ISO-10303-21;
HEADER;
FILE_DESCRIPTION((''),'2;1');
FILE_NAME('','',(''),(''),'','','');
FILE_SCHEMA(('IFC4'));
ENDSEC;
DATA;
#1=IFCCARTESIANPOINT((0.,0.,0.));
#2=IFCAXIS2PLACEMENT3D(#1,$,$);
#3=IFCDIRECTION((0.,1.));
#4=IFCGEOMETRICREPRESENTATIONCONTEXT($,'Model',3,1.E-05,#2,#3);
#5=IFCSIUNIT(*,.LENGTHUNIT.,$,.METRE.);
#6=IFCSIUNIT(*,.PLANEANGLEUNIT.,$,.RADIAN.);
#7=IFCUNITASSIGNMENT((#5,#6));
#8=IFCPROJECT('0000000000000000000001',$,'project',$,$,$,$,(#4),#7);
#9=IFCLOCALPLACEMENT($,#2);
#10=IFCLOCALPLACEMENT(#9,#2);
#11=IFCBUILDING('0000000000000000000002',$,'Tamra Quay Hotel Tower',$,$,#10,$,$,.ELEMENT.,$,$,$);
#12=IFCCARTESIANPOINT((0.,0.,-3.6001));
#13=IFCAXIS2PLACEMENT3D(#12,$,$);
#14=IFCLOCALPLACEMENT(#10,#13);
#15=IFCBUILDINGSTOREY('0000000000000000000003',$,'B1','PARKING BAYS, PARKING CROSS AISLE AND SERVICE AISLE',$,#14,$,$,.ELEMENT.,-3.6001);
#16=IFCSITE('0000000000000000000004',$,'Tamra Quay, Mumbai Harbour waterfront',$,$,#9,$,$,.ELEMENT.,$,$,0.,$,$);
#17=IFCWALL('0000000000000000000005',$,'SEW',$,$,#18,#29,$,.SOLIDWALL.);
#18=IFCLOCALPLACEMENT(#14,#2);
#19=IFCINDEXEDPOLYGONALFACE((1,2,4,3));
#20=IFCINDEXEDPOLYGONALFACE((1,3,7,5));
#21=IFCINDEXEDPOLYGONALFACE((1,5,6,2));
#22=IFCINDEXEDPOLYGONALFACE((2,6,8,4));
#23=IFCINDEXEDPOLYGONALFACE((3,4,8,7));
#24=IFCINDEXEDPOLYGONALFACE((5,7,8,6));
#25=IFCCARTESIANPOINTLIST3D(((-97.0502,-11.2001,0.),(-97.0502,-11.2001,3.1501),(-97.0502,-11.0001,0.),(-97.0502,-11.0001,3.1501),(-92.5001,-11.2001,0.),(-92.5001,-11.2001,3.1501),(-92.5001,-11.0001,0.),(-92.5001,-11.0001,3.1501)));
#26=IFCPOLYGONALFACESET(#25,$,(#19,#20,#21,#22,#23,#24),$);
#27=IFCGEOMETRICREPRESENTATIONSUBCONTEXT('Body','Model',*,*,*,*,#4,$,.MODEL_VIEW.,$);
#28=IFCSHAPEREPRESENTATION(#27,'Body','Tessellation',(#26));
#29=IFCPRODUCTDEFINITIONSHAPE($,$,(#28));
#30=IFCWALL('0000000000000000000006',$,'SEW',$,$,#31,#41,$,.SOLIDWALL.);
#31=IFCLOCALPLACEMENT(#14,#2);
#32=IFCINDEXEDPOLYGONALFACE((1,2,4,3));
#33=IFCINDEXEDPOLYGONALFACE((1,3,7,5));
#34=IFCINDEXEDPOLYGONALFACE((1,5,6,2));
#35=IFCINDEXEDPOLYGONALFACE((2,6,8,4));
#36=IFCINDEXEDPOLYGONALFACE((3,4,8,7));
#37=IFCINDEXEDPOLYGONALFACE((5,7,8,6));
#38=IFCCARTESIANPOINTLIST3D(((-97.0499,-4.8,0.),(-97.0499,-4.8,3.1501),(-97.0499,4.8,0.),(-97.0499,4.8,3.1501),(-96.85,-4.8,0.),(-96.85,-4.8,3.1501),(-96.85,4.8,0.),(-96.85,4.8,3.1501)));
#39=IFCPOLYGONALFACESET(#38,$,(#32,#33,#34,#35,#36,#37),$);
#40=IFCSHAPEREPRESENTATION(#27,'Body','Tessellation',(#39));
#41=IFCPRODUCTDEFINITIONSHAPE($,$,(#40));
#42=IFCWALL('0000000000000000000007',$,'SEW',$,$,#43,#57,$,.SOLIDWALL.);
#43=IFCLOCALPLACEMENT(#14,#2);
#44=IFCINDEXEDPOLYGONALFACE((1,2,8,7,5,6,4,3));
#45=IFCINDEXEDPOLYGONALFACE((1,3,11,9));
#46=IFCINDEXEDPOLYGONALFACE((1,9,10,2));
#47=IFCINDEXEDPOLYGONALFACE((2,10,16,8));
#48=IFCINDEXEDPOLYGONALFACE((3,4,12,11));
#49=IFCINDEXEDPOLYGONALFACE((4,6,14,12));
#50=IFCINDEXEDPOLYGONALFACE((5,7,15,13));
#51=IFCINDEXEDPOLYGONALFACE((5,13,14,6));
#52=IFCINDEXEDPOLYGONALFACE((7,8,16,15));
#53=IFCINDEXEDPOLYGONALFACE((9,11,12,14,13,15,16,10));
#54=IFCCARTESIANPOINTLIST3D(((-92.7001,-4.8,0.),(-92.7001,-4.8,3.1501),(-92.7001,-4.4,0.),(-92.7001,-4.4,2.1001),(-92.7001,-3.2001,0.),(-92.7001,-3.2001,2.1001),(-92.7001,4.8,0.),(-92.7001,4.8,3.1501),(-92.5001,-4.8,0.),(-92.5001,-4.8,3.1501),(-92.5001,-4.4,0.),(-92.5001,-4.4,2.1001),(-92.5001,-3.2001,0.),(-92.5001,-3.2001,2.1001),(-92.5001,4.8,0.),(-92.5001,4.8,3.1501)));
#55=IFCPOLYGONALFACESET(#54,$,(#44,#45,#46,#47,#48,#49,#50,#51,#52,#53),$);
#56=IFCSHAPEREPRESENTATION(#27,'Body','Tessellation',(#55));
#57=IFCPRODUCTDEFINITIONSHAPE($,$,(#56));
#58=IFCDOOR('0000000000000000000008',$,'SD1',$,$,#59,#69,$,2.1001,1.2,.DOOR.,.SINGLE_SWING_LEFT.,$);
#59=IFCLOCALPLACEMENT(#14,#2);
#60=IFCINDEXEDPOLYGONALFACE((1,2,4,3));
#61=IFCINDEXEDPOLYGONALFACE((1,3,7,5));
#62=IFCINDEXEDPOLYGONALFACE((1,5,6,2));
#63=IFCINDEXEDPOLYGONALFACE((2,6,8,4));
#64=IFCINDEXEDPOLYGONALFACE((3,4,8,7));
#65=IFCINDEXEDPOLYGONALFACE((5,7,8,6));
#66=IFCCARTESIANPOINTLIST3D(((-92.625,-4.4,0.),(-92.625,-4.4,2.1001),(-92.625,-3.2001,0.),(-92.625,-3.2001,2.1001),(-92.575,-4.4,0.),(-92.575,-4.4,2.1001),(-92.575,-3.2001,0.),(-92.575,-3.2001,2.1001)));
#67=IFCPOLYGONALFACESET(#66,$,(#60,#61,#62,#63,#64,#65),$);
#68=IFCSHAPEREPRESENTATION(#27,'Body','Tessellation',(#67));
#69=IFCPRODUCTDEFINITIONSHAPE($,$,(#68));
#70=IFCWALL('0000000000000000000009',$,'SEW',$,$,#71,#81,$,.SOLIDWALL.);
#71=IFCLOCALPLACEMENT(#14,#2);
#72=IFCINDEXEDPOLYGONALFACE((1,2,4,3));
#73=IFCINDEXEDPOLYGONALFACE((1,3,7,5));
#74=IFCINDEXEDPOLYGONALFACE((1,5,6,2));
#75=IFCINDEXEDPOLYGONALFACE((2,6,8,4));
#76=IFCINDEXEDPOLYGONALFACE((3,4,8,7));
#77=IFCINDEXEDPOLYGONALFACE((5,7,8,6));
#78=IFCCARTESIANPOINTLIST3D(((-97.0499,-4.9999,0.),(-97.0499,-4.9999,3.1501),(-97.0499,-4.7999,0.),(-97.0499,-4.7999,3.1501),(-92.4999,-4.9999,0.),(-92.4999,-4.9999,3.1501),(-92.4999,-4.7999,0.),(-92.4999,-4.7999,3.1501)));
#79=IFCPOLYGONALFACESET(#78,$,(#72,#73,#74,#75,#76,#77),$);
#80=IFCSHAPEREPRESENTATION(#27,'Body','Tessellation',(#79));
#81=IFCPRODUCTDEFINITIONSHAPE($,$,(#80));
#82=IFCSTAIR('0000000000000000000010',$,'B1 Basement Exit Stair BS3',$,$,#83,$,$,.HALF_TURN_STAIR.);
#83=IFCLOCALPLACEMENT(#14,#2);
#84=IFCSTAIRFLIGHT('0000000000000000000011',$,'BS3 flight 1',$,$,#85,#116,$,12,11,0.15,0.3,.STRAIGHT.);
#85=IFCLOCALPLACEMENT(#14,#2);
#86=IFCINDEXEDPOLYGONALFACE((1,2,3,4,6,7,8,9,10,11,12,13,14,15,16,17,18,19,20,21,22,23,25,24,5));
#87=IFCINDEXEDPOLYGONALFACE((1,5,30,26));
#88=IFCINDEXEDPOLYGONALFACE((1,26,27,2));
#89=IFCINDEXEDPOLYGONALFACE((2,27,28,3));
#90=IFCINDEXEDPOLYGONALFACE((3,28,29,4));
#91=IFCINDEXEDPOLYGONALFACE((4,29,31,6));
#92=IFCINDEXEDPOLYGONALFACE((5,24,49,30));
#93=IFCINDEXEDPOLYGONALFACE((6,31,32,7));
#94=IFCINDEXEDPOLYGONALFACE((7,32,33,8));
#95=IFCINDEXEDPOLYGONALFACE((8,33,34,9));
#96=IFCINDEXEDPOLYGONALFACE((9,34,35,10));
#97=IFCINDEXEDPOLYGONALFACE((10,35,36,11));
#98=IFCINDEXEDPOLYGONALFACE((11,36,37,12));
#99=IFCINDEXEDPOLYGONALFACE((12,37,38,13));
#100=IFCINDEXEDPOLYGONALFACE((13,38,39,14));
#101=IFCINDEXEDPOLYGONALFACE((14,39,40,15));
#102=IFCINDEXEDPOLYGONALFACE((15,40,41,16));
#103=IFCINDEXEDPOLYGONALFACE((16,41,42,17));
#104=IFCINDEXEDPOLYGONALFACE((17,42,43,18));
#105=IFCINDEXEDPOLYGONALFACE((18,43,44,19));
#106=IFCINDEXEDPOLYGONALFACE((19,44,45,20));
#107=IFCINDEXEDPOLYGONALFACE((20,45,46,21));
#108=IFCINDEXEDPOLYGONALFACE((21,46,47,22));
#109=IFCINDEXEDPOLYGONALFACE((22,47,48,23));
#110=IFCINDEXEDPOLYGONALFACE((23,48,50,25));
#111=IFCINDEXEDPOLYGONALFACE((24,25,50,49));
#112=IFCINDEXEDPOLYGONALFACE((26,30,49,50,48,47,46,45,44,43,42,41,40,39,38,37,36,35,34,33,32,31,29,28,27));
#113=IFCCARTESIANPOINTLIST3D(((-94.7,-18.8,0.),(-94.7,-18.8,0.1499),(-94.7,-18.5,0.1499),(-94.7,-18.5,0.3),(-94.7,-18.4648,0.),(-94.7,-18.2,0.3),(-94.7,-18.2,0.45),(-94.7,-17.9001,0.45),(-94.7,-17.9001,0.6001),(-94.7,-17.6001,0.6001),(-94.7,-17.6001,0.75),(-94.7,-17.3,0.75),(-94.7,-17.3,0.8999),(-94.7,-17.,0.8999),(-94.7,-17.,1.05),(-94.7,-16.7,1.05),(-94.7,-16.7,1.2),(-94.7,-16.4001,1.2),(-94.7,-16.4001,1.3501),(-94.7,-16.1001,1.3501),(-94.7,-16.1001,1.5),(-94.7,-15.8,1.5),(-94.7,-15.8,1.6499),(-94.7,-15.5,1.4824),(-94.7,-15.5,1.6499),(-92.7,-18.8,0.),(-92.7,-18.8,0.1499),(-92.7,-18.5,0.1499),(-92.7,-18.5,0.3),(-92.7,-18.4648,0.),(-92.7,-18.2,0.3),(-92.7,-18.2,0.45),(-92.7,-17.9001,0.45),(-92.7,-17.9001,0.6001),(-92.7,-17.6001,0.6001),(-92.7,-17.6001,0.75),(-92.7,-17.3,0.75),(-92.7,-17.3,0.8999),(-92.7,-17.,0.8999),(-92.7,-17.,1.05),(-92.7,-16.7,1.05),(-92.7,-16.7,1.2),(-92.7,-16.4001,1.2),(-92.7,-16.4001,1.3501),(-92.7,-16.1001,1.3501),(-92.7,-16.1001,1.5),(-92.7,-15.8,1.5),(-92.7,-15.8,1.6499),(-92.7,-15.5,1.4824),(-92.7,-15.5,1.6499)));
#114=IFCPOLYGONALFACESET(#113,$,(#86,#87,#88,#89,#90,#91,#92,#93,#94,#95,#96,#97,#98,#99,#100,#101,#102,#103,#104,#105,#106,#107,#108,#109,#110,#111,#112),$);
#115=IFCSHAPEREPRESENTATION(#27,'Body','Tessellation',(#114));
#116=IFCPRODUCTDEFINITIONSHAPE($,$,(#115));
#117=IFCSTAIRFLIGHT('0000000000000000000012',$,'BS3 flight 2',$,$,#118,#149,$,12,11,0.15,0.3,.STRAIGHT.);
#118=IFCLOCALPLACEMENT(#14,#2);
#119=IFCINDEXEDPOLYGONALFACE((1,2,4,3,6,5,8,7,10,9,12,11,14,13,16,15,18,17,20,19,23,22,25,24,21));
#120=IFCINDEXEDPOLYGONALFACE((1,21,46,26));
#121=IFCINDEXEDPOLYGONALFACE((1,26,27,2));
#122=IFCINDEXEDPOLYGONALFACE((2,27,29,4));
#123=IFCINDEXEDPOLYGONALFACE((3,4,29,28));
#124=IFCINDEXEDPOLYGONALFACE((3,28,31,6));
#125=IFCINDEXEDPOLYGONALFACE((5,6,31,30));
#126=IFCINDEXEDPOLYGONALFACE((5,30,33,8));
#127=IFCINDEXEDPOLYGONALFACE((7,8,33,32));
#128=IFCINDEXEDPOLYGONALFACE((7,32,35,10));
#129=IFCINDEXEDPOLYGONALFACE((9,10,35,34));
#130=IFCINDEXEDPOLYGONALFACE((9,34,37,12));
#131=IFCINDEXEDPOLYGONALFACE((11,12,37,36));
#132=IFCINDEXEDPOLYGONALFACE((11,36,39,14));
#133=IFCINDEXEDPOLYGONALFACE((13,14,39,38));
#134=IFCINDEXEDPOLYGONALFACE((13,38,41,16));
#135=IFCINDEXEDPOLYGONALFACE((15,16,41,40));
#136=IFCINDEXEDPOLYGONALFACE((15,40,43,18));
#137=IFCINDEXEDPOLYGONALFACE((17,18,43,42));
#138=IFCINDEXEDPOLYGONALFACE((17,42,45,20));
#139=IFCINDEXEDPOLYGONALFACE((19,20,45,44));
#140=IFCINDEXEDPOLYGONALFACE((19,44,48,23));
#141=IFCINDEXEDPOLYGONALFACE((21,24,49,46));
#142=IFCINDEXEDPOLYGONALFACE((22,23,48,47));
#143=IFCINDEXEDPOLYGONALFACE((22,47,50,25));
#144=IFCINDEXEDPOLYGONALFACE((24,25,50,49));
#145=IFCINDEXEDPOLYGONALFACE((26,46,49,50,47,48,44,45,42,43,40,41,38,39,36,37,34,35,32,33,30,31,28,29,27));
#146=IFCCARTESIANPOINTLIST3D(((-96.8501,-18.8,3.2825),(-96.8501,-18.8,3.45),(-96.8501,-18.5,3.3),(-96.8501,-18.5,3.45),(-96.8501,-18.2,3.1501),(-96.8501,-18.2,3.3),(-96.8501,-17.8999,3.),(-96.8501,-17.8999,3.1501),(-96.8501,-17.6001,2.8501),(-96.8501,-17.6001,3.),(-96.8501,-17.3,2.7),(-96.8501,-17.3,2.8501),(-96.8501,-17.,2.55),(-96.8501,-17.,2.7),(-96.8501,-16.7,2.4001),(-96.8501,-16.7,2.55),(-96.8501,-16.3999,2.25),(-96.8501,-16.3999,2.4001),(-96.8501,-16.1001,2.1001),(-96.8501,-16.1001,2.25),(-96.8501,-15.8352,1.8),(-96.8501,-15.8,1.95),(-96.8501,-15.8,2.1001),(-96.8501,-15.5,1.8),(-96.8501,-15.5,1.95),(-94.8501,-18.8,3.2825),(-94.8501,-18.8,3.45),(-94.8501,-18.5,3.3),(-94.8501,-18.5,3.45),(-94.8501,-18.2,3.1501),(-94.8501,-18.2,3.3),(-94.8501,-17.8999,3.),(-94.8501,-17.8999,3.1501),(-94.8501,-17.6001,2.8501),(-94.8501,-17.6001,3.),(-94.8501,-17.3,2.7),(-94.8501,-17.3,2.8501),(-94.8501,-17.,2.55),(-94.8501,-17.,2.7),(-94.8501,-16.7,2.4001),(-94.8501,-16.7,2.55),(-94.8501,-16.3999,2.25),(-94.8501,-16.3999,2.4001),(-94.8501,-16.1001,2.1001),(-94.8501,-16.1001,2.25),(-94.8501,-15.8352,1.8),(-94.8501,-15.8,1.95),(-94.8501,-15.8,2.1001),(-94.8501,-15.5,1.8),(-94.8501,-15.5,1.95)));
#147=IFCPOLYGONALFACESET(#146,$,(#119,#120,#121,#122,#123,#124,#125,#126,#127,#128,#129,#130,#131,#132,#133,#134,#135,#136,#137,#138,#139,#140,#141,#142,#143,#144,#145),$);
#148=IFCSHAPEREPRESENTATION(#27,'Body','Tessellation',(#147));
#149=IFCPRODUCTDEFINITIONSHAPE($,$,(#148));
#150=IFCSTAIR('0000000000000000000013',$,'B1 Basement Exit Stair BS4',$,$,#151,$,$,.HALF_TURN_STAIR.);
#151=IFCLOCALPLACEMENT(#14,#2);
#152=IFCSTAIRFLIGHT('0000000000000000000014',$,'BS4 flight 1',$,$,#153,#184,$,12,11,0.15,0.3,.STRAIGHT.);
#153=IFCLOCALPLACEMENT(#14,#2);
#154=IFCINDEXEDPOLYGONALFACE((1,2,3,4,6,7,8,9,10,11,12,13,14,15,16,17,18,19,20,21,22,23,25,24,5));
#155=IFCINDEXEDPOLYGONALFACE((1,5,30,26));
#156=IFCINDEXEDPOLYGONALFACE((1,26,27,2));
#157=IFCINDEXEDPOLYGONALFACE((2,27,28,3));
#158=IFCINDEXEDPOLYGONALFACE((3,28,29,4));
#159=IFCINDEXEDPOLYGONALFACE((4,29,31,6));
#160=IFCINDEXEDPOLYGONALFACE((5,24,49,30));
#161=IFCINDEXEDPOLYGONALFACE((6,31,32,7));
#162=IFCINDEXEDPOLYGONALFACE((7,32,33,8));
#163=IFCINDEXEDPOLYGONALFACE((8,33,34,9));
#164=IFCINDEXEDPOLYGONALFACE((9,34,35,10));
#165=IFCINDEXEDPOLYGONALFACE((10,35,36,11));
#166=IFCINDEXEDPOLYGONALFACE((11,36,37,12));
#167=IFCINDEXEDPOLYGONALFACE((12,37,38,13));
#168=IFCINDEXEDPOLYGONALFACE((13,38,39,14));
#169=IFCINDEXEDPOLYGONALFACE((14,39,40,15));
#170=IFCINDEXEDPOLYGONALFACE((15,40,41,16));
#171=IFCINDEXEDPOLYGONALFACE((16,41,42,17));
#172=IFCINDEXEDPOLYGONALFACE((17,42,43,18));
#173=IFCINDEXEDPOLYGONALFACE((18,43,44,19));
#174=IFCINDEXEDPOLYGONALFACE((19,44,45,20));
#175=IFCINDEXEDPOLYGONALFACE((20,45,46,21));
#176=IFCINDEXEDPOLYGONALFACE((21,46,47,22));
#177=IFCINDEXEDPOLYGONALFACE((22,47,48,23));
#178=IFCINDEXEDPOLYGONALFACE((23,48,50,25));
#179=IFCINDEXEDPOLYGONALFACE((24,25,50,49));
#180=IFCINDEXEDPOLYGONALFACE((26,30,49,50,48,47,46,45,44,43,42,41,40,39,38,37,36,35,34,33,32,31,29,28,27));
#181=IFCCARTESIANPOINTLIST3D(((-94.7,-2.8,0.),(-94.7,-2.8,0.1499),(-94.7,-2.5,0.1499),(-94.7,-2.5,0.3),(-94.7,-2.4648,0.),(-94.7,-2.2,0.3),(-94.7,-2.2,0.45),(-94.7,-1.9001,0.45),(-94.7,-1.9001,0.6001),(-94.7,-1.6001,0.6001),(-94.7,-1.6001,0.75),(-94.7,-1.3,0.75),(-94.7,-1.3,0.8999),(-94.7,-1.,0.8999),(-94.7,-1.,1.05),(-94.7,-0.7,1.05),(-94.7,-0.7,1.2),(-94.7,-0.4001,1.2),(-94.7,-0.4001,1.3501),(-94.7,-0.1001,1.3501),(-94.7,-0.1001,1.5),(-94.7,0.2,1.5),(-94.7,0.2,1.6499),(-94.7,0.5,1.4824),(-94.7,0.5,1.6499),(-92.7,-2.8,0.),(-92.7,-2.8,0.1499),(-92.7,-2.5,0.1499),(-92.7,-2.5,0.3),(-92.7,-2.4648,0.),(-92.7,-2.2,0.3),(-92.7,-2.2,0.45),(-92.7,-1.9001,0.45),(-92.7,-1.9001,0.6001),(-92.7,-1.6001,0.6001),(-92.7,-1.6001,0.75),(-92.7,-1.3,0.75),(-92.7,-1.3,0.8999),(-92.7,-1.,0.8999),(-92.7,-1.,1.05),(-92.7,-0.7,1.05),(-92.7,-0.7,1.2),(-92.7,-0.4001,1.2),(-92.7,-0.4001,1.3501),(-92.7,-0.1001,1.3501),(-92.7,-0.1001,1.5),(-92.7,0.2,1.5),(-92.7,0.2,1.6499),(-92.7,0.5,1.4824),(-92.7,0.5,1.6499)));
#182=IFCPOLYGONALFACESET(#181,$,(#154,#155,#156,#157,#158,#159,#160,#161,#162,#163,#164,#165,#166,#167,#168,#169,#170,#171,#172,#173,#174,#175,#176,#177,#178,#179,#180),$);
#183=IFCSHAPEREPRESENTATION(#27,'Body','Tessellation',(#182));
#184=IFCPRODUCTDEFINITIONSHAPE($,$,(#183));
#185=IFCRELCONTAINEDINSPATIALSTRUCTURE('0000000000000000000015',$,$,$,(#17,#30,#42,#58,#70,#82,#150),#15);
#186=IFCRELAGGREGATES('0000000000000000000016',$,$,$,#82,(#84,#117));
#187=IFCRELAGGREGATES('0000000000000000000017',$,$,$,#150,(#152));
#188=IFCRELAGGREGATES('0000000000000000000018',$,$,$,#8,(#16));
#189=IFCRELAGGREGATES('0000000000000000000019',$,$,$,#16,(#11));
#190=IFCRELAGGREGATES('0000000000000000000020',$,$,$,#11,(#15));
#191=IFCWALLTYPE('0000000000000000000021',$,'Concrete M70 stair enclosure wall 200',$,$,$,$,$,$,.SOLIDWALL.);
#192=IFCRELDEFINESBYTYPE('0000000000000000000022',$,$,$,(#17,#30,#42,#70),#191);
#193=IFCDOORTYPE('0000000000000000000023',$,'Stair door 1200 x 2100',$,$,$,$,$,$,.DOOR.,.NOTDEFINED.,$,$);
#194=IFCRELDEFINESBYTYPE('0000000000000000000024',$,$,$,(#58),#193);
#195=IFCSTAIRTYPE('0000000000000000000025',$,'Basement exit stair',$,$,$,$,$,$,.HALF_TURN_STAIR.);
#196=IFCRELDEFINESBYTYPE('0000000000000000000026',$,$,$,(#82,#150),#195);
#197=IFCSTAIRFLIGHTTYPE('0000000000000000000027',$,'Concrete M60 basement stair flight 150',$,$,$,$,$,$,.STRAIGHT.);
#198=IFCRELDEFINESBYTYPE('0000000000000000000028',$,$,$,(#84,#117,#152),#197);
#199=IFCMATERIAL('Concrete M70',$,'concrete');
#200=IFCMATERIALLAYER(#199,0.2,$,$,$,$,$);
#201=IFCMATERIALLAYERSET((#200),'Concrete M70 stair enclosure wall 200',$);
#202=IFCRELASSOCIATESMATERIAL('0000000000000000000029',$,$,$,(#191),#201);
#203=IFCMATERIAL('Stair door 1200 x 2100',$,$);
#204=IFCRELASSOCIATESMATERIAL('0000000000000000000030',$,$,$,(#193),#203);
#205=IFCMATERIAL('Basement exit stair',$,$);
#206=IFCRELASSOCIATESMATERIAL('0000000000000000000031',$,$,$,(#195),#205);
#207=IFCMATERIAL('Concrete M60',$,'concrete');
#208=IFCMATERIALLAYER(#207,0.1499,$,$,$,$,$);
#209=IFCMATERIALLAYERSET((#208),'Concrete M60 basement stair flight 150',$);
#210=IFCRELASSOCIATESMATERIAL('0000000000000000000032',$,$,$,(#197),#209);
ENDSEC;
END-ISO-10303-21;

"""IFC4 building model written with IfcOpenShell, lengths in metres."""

from ifc_helpers import new_model, si_unit, direction, frame, frame_2d, origin, place, context, subcontext, project, spatial, polyline, rectangle, outline, extrude, material, layer, layer_set, type_object, element, fill, aggregate, save


model = new_model("IFC4")

# Units and contexts
model_context = context("Model", 3, precision=1e-05, world=origin(), true_north=direction((0.0, 1.0)))
body_context = subcontext(model_context, "Body", "Model", "MODEL_VIEW")
ifc_project = project(units=[si_unit("LENGTHUNIT", "METRE"), si_unit("PLANEANGLEUNIT", "RADIAN")], contexts=[model_context])

# Site, building, storey
site_placement = place(None, origin())
site = spatial("IfcSite", under=ifc_project, at=site_placement, Name="Tamra Quay, Mumbai Harbour waterfront", CompositionType="ELEMENT", RefElevation=0.0)
building_placement = place(site_placement, origin())
building = spatial("IfcBuilding", under=site, at=building_placement, Name="Tamra Quay Hotel Tower", CompositionType="ELEMENT")
storey_placement = place(building_placement, frame((0.0, 0.0, -3.6001)))
storey = spatial("IfcBuildingStorey", under=building, at=storey_placement, Name="B1", Description="PARKING BAYS, PARKING CROSS AISLE AND SERVICE AISLE", CompositionType="ELEMENT", Elevation=-3.6001)

# Shared definitions
ifc_material_1 = material(Name="Concrete M70", Category="concrete")

# Shared definitions
ifc_layer_1 = layer(ifc_material_1, 0.2)
ifc_layer_set_1 = layer_set([ifc_layer_1], Name="Concrete M70 stair enclosure wall 200")
wall_type_1 = type_object("IfcWallType", Name="Concrete M70 stair enclosure wall 200", PredefinedType="SOLIDWALL", material=ifc_layer_set_1)

# Shared definitions
ifc_material_2 = material(Name="Stair door 1200 x 2100")
door_type_1 = type_object("IfcDoorType", Name="Stair door 1200 x 2100", OperationType="NOTDEFINED", PredefinedType="DOOR", material=ifc_material_2)

# Walls
wall_1_placement = place(storey_placement, frame((-97.05, -11.1001, 0.0), z_axis=(0.0, 0.0, 1.0), x_axis=(1.0, 0.0, 0.0)))
element("IfcWall", 1, at=wall_1_placement, inside=storey, type_object=wall_type_1, Name="SEW", PredefinedType="SOLIDWALL", context=body_context, shape_type="SweptSolid", body=[
    extrude(rectangle(XDim=4.55, YDim=0.2, at=frame_2d((2.2749, 0.0))), origin(), (0.0, 0.0, 1.0), 3.1501),
])
wall_2_placement = place(storey_placement, frame((-96.95, -4.8, 0.0), z_axis=(0.0, 0.0, 1.0), x_axis=(0.0, 1.0, 0.0)))
element("IfcWall", 2, at=wall_2_placement, inside=storey, type_object=wall_type_1, Name="SEW", PredefinedType="SOLIDWALL", context=body_context, shape_type="SweptSolid", body=[
    extrude(rectangle(XDim=9.6001, YDim=0.2, at=frame_2d((4.8, 0.0))), origin(), (0.0, 0.0, 1.0), 3.1501),
])

# Wall, opening, door
wall_3_placement = place(storey_placement, frame((-92.6001, -4.8, 0.0), z_axis=(0.0, 0.0, 1.0), x_axis=(0.0, 1.0, 0.0)))
wall_3 = element("IfcWall", 3, at=wall_3_placement, inside=storey, type_object=wall_type_1, Name="SEW", PredefinedType="SOLIDWALL", context=body_context, shape_type="SweptSolid", body=[
    extrude(rectangle(XDim=9.6001, YDim=0.2, at=frame_2d((4.8, 0.0))), origin(), (0.0, 0.0, 1.0), 3.1501),
])
opening_1_placement = place(wall_3_placement, frame((0.3999, 0.0, 0.0)))
opening_1 = element("IfcOpeningElement", 4, at=opening_1_placement, cuts=wall_3, PredefinedType="OPENING", context=body_context, shape_type="SweptSolid", body=[
    extrude(rectangle(XDim=1.2, YDim=2.1001, at=frame_2d((0.6001, 1.05))), frame((0.0, 0.1099, 0.0), z_axis=(0.0, -1.0, 0.0), x_axis=(1.0, 0.0, 0.0)), (0.0, 0.0, 1.0), 0.22),
])
door_1_placement = place(opening_1_placement, origin())
door_1 = element("IfcDoor", 5, at=door_1_placement, inside=storey, type_object=door_type_1, Name="SD1", OperationType="SINGLE_SWING_LEFT", OverallHeight=2.1001, OverallWidth=1.2, PredefinedType="DOOR", context=body_context, shape_type="SweptSolid", body=[
    extrude(rectangle(XDim=1.2, YDim=2.1001, at=frame_2d((0.6001, 1.05))), frame((0.0, 0.0249, 0.0), z_axis=(0.0, -1.0, 0.0), x_axis=(1.0, 0.0, 0.0)), (0.0, 0.0, 1.0), 0.05),
])
fill(opening_1, door_1)

# Wall
wall_4_placement = place(storey_placement, frame((-92.5, -4.8999, 0.0), z_axis=(0.0, 0.0, 1.0), x_axis=(-1.0, 0.0, 0.0)))
element("IfcWall", 6, at=wall_4_placement, inside=storey, type_object=wall_type_1, Name="SEW", PredefinedType="SOLIDWALL", context=body_context, shape_type="SweptSolid", body=[
    extrude(rectangle(XDim=4.55, YDim=0.2, at=frame_2d((2.2749, 0.0))), origin(), (0.0, 0.0, 1.0), 3.1501),
])

# Stair, stair flights
ifc_material_3 = material(Name="Basement exit stair")
stair_type = type_object("IfcStairType", Name="Basement exit stair", PredefinedType="HALF_TURN_STAIR", material=ifc_material_3)
stair_1_placement = place(storey_placement, origin())
stair_1 = element("IfcStair", 7, at=stair_1_placement, inside=storey, type_object=stair_type, Name="B1 Basement Exit Stair BS3", PredefinedType="HALF_TURN_STAIR")
ifc_material_4 = material(Name="Concrete M60", Category="concrete")
ifc_layer_2 = layer(ifc_material_4, 0.1499)
ifc_layer_set_2 = layer_set([ifc_layer_2], Name="Concrete M60 basement stair flight 150")
stair_flight_type = type_object("IfcStairFlightType", Name="Concrete M60 basement stair flight 150", PredefinedType="STRAIGHT", material=ifc_layer_set_2)
stair_flight_1_placement = place(storey_placement, frame((-93.7, -18.8, 0.0), z_axis=(0.0, 0.0, 1.0), x_axis=(0.0, 1.0, 0.0)))
stair_flight_1 = element("IfcStairFlight", 8, at=stair_flight_1_placement, type_object=stair_flight_type, Name="BS3 flight 1", NumberOfRisers=12, NumberOfTreads=11, PredefinedType="STRAIGHT", RiserHeight=0.15, TreadLength=0.3, context=body_context, shape_type="SweptSolid", body=[
    extrude(outline(polyline([(0.0, 0.0), (0.0, 0.1499), (0.3, 0.1499), (0.3, 0.3), (0.6001, 0.3), (0.6001, 0.45), (0.8999, 0.45), (0.8999, 0.6001), (1.2, 0.6001), (1.2, 0.75), (1.5, 0.75), (1.5, 0.8999), (1.8, 0.8999), (1.8, 1.05), (2.1001, 1.05), (2.1001, 1.2), (2.3999, 1.2), (2.3999, 1.3501), (2.7, 1.3501), (2.7, 1.5), (3.0, 1.5), (3.0, 1.6499), (3.3, 1.6499), (3.3, 1.8), (3.3, 1.4824), (0.3352, 0.0), (0.0, 0.0)])), frame((0.0, 1.0, 0.0), z_axis=(0.0, -1.0, 0.0), x_axis=(1.0, 0.0, 0.0)), (0.0, 0.0, 1.0), 2.0),
])
stair_flight_2_placement = place(storey_placement, frame((-95.8501, -15.5, 1.8), z_axis=(0.0, 0.0, 1.0), x_axis=(0.0, -1.0, 0.0)))
stair_flight_2 = element("IfcStairFlight", 9, at=stair_flight_2_placement, type_object=stair_flight_type, Name="BS3 flight 2", NumberOfRisers=12, NumberOfTreads=11, PredefinedType="STRAIGHT", RiserHeight=0.15, TreadLength=0.3, context=body_context, shape_type="SweptSolid", body=[
    extrude(outline(polyline([(0.0, 0.0), (0.0, 0.1499), (0.3, 0.1499), (0.3, 0.3), (0.6001, 0.3), (0.6001, 0.45), (0.8999, 0.45), (0.8999, 0.6001), (1.2, 0.6001), (1.2, 0.75), (1.5, 0.75), (1.5, 0.8999), (1.8, 0.8999), (1.8, 1.05), (2.1001, 1.05), (2.1001, 1.2), (2.3999, 1.2), (2.3999, 1.3501), (2.7, 1.3501), (2.7, 1.5), (3.0, 1.5), (3.0, 1.6499), (3.3, 1.6499), (3.3, 1.8), (3.3, 1.4824), (0.3352, 0.0), (0.0, 0.0)])), frame((0.0, 1.0, 0.0), z_axis=(0.0, -1.0, 0.0), x_axis=(1.0, 0.0, 0.0)), (0.0, 0.0, 1.0), 2.0),
])
aggregate(stair_1, [stair_flight_1, stair_flight_2])

# Stair, stair flight
stair_2_placement = place(storey_placement, origin())
stair_2 = element("IfcStair", 10, at=stair_2_placement, inside=storey, type_object=stair_type, Name="B1 Basement Exit Stair BS4", PredefinedType="HALF_TURN_STAIR")
stair_flight_3_placement = place(storey_placement, frame((-93.7, -2.8, 0.0), z_axis=(0.0, 0.0, 1.0), x_axis=(0.0, 1.0, 0.0)))
stair_flight_3 = element("IfcStairFlight", 11, at=stair_flight_3_placement, type_object=stair_flight_type, Name="BS4 flight 1", NumberOfRisers=12, NumberOfTreads=11, PredefinedType="STRAIGHT", RiserHeight=0.15, TreadLength=0.3, context=body_context, shape_type="SweptSolid", body=[
    extrude(outline(polyline([(0.0, 0.0), (0.0, 0.1499), (0.3, 0.1499), (0.3, 0.3), (0.6001, 0.3), (0.6001, 0.45), (0.8999, 0.45), (0.8999, 0.6001), (1.2, 0.6001), (1.2, 0.75), (1.5, 0.75), (1.5, 0.8999), (1.8, 0.8999), (1.8, 1.05), (2.1001, 1.05), (2.1001, 1.2), (2.3999, 1.2), (2.3999, 1.3501), (2.7, 1.3501), (2.7, 1.5), (3.0, 1.5), (3.0, 1.6499), (3.3, 1.6499), (3.3, 1.8), (3.3, 1.4824), (0.3352, 0.0), (0.0, 0.0)])), frame((0.0, 1.0, 0.0), z_axis=(0.0, -1.0, 0.0), x_axis=(1.0, 0.0, 0.0)), (0.0, 0.0, 1.0), 2.0),
])
aggregate(stair_2, [stair_flight_3])

save(model, "model.ifc")
